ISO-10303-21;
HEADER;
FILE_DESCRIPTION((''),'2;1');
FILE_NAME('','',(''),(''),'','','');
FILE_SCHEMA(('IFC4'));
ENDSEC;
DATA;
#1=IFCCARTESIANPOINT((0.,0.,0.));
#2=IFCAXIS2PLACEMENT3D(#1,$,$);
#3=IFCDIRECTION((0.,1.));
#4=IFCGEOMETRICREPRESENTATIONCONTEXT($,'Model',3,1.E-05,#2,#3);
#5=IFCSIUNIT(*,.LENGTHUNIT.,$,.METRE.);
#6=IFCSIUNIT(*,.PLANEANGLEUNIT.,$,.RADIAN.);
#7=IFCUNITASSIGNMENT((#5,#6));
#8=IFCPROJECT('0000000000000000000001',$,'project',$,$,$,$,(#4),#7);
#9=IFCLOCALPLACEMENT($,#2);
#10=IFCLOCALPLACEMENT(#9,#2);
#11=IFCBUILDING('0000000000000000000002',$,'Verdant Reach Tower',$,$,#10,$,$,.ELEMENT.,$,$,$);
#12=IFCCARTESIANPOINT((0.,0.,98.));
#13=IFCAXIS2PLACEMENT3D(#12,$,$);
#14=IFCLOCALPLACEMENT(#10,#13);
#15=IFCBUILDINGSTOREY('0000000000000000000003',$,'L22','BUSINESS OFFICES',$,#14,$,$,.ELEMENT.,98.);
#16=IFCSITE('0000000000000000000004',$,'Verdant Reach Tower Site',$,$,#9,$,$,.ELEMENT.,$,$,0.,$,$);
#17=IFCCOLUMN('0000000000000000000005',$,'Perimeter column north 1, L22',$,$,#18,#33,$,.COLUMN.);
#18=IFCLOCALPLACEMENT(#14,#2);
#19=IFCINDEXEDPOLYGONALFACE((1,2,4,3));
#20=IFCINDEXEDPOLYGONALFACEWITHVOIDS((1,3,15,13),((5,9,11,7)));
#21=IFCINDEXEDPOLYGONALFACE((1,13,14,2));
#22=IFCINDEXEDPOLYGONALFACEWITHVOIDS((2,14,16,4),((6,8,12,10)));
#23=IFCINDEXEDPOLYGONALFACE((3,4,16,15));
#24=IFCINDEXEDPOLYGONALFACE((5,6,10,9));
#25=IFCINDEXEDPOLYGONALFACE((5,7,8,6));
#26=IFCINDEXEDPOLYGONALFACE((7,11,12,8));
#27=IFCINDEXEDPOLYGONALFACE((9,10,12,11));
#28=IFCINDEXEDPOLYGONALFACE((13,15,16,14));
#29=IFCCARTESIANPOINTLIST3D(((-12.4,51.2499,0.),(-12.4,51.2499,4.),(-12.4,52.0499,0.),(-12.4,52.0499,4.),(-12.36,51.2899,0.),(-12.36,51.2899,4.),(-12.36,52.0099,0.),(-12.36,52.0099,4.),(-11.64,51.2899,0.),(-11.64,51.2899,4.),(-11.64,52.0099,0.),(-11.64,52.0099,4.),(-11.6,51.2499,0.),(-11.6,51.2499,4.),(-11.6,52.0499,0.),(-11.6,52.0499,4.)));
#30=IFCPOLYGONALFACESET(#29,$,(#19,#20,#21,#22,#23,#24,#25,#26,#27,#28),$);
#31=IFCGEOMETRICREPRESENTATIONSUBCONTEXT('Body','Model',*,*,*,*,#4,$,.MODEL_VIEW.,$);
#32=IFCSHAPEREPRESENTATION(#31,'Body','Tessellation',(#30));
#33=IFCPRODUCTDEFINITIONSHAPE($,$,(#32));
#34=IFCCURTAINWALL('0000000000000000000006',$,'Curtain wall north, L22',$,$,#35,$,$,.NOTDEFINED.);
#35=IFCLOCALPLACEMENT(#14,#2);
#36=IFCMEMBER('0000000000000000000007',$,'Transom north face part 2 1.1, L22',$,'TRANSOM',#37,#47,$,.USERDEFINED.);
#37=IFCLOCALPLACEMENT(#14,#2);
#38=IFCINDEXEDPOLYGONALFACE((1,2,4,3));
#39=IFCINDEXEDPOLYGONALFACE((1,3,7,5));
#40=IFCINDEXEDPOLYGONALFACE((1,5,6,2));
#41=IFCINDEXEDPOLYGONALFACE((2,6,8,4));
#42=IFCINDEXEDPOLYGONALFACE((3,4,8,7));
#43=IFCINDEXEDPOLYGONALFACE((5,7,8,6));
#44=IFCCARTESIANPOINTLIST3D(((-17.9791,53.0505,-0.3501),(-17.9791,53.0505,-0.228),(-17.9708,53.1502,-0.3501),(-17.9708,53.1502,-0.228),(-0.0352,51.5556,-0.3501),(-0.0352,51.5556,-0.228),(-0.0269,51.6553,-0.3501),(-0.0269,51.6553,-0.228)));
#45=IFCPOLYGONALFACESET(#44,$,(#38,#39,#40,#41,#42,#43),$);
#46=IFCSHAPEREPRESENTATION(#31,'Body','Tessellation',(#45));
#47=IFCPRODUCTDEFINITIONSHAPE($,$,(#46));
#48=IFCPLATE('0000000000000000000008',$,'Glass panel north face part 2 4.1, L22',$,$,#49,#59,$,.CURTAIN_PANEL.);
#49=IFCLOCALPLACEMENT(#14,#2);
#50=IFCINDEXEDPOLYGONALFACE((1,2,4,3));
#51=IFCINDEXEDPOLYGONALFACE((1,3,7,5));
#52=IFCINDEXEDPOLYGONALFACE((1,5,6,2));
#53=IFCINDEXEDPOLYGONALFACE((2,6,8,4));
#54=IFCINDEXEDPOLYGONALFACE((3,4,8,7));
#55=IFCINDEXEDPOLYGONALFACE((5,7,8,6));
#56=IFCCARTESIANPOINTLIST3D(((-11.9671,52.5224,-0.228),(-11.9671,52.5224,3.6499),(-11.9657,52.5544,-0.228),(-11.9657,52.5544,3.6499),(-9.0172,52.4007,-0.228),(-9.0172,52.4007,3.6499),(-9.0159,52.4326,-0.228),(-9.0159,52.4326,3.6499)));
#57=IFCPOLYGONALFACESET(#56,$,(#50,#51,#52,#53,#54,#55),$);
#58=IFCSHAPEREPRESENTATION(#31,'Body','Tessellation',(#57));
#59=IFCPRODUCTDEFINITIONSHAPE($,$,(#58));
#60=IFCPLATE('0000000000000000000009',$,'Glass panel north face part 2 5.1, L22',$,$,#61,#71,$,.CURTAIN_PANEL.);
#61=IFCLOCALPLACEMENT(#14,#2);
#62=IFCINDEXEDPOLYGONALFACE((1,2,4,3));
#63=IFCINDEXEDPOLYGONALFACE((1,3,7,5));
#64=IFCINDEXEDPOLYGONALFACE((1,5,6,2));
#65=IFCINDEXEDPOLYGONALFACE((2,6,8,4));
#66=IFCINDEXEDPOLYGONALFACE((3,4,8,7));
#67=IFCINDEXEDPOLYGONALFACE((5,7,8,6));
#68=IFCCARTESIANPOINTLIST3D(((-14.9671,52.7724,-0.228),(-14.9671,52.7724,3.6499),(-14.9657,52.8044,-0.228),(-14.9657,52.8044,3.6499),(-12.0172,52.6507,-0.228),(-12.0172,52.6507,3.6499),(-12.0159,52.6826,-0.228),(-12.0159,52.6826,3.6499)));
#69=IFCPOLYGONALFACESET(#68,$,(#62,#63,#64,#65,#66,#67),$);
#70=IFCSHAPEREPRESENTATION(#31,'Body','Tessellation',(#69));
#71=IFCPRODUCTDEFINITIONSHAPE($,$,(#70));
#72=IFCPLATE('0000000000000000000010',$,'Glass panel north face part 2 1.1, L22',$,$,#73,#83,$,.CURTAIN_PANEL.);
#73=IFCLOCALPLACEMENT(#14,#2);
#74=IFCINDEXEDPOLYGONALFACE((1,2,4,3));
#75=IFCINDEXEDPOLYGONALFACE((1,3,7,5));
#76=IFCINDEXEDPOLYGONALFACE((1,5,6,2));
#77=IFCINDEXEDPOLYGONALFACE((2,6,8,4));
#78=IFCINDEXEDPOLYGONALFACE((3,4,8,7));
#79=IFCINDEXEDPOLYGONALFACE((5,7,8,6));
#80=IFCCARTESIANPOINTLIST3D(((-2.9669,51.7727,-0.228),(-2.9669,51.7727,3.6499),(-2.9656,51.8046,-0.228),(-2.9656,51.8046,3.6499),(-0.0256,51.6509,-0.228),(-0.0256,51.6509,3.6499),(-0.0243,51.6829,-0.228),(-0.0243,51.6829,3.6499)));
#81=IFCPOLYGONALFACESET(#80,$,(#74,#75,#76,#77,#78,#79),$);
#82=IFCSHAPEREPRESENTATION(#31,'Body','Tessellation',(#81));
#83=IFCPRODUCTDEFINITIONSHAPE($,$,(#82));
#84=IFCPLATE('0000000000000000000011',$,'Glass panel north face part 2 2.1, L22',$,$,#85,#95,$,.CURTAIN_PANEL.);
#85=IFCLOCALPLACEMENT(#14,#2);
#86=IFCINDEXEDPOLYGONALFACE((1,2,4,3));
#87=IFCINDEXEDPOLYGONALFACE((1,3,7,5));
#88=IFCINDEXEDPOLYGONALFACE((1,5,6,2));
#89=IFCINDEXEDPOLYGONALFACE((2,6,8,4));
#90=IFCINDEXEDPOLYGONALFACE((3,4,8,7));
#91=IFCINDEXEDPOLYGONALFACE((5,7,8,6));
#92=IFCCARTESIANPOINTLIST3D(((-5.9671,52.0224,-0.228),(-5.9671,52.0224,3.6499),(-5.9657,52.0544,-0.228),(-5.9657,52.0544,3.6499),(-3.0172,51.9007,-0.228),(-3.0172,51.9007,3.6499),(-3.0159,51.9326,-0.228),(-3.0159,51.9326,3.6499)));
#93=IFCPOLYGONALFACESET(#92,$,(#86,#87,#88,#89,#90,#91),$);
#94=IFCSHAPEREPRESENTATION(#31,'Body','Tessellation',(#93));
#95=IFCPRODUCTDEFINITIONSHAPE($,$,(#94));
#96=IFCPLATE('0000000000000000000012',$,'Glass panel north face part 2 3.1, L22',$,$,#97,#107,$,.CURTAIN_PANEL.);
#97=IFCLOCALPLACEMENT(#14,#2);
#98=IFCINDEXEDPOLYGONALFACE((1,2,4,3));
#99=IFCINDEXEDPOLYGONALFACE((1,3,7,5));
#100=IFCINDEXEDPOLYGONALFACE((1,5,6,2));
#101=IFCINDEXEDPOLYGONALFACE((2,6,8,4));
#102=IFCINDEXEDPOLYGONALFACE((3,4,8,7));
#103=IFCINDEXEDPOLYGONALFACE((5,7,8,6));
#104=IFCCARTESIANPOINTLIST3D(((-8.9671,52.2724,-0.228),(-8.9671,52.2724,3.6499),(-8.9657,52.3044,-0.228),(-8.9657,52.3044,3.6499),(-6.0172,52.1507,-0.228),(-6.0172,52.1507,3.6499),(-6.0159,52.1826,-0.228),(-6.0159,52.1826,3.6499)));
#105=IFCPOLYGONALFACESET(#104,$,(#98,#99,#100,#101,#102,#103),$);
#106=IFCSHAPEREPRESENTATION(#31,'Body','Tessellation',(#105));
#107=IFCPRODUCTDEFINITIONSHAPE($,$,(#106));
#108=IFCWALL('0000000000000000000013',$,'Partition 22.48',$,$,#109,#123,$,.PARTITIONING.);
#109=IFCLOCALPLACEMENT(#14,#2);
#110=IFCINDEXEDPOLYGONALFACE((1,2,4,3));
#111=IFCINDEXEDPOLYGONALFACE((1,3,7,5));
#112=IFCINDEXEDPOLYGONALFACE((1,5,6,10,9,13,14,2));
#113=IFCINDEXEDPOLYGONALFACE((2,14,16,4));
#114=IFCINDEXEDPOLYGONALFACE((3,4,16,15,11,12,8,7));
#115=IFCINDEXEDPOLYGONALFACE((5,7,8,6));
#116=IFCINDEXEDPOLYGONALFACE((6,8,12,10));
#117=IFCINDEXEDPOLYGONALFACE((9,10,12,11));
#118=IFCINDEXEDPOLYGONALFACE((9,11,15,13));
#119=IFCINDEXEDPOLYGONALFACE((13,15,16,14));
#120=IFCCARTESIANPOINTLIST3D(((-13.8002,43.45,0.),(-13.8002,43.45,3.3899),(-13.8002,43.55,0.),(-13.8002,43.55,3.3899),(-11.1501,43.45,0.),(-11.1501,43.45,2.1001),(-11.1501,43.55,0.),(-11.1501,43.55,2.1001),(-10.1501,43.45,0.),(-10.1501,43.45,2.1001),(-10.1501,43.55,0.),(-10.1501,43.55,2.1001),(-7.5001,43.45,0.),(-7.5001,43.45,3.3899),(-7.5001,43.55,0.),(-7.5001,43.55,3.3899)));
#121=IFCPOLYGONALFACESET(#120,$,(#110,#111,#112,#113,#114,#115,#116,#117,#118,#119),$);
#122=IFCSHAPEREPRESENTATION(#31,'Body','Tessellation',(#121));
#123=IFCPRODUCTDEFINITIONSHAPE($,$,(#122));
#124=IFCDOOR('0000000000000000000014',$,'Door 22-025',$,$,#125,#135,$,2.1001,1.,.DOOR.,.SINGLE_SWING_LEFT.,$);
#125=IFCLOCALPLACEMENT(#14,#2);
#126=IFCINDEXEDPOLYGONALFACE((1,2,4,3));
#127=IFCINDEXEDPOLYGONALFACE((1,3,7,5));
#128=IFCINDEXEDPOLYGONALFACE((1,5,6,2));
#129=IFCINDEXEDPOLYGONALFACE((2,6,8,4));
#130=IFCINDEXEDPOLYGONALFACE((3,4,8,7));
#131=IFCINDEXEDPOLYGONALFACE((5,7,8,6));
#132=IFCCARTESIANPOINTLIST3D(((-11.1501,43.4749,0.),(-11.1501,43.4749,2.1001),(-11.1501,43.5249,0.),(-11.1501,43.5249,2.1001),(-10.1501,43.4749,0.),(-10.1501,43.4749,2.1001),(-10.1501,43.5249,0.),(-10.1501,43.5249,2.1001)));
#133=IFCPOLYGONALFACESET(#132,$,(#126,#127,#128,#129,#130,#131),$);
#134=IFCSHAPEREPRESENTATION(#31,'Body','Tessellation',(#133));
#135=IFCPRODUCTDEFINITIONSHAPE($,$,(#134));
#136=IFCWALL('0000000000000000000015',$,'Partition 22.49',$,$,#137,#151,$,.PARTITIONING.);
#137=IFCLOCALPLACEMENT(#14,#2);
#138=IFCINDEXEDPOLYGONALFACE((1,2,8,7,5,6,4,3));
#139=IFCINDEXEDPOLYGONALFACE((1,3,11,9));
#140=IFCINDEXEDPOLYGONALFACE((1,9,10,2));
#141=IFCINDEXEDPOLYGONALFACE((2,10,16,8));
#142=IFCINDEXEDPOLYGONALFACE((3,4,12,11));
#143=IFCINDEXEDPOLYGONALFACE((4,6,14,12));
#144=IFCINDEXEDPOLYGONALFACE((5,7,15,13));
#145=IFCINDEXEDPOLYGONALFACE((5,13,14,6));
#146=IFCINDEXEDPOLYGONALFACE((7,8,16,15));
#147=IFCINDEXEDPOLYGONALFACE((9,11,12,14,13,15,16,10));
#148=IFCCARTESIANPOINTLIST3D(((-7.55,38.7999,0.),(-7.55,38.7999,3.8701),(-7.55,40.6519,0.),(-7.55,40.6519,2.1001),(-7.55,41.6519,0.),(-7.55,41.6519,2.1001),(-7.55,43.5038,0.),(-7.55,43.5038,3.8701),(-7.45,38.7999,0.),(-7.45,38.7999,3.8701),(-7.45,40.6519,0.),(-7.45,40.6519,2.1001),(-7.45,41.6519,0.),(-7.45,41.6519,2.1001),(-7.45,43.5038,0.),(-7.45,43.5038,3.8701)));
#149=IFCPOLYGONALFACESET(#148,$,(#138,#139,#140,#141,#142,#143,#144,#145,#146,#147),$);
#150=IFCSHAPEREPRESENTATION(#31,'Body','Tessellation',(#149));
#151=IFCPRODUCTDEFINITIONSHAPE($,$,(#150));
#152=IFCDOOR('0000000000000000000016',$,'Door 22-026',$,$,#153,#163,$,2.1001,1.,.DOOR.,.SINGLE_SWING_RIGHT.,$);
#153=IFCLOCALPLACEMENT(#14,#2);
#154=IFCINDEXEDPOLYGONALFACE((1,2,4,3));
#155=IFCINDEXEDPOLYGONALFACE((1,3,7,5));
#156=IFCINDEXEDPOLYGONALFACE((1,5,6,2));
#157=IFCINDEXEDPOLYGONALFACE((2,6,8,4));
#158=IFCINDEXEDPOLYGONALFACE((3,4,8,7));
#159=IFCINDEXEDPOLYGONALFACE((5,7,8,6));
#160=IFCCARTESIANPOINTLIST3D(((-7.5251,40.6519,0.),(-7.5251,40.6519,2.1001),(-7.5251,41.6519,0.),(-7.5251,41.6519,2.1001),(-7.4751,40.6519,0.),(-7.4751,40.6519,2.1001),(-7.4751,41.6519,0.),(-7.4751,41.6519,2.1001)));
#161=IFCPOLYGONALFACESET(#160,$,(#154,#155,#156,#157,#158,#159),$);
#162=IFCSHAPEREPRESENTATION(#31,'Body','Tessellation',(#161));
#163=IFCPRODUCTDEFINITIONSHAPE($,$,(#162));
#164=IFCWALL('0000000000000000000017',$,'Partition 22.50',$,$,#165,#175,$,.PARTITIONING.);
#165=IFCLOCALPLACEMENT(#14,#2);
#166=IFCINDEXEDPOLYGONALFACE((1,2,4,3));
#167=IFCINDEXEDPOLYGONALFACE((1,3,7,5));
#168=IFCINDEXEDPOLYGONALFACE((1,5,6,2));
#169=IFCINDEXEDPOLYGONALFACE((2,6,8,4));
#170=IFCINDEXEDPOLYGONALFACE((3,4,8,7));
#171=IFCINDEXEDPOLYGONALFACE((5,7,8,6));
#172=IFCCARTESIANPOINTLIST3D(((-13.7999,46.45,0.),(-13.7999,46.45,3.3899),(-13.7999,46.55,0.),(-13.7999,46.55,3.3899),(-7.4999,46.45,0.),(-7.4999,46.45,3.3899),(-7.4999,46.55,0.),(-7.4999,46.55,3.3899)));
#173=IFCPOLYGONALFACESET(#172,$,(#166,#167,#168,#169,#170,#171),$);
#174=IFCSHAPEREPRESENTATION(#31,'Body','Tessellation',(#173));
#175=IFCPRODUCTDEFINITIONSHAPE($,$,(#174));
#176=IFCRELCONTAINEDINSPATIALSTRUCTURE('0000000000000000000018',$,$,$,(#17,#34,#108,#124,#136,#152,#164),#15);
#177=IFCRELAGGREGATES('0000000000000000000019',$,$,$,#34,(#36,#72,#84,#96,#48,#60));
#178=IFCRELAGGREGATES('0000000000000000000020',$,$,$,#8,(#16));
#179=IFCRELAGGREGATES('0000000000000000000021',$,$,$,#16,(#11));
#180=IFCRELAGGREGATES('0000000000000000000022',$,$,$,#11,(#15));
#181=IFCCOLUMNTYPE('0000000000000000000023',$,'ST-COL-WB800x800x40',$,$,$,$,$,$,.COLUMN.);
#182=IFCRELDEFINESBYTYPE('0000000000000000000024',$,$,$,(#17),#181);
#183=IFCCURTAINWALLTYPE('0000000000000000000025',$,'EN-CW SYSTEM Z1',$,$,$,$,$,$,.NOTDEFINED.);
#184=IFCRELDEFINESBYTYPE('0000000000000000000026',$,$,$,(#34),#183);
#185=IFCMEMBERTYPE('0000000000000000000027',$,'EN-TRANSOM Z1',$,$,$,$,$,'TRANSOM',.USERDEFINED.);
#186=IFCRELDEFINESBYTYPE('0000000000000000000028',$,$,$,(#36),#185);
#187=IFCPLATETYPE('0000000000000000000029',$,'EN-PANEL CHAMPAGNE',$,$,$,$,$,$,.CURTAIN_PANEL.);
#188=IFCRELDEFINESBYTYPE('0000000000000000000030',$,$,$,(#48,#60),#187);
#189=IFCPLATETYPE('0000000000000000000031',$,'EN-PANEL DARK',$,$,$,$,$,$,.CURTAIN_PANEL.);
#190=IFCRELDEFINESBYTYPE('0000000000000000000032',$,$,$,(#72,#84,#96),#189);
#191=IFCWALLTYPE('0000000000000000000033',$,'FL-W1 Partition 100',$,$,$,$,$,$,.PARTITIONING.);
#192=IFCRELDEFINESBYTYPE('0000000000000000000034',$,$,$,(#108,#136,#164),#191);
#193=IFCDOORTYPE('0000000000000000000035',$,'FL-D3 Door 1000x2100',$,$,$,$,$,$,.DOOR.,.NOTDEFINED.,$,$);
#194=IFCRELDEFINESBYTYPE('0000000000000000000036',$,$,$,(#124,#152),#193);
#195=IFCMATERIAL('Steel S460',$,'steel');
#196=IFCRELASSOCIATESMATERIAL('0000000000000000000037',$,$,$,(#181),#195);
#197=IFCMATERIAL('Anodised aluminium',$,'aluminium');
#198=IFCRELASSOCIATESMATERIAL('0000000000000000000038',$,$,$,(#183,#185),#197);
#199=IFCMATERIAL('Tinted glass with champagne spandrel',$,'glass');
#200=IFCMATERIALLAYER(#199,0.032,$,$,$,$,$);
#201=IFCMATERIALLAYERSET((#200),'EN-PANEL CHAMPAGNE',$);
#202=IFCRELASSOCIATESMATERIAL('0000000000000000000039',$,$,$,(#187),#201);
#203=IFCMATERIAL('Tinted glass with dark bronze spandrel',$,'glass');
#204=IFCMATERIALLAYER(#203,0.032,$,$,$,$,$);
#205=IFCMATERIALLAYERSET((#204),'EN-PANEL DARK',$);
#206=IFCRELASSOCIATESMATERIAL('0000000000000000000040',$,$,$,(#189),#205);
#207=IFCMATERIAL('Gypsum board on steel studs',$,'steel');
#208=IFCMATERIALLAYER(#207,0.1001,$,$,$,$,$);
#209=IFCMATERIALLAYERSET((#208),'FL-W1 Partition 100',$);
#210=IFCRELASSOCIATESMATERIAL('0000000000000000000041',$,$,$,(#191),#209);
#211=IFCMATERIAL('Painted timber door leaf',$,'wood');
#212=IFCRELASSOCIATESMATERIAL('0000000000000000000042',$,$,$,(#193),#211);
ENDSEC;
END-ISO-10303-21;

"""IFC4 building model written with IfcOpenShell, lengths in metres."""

from ifc_helpers import new_model, si_unit, direction, frame, frame_2d, origin, origin_2d, place, context, subcontext, project, spatial, rectangle, hollow_rectangle, extrude, material, layer, layer_set, material_profile, profile_set, type_object, element, fill, aggregate, save


model = new_model("IFC4")

# Units and contexts
model_context = context("Model", 3, precision=1e-05, world=origin(), true_north=direction((0.0, 1.0)))
body_context = subcontext(model_context, "Body", "Model", "MODEL_VIEW")
ifc_project = project(units=[si_unit("LENGTHUNIT", "METRE"), si_unit("PLANEANGLEUNIT", "RADIAN")], contexts=[model_context])

# Site, building, storey
site_placement = place(None, origin())
site = spatial("IfcSite", under=ifc_project, at=site_placement, Name="Verdant Reach Tower Site", CompositionType="ELEMENT", RefElevation=0.0)
building_placement = place(site_placement, origin())
building = spatial("IfcBuilding", under=site, at=building_placement, Name="Verdant Reach Tower", CompositionType="ELEMENT")
storey_placement = place(building_placement, frame((0.0, 0.0, 98.0)))
storey = spatial("IfcBuildingStorey", under=building, at=storey_placement, Name="L22", Description="BUSINESS OFFICES", CompositionType="ELEMENT", Elevation=98.0)

# Column
ifc_material_1 = material(Name="Steel S460", Category="steel")
ifc_material_profile_1 = material_profile(ifc_material_1, hollow_rectangle(XDim=0.8, YDim=0.8, WallThickness=0.04, at=origin_2d()), Name="WB 800x800x40")
ifc_profile_set_1 = profile_set([ifc_material_profile_1], Name="Steel S460")
column_type = type_object("IfcColumnType", Name="ST-COL-WB800x800x40", PredefinedType="COLUMN", material=ifc_profile_set_1)
column_placement = place(storey_placement, frame((-12.0, 51.6499, 0.0), z_axis=(0.0, 0.0, 1.0), x_axis=(1.0, 0.0, 0.0)))
element("IfcColumn", 1, at=column_placement, inside=storey, type_object=column_type, Name="Perimeter column north 1, L22", PredefinedType="COLUMN", context=body_context, shape_type="SweptSolid", body=[
    extrude(hollow_rectangle(XDim=0.8, YDim=0.8, WallThickness=0.04, at=origin_2d()), origin(), (0.0, 0.0, 1.0), 4.0),
])

# Curtain wall, member, plates
ifc_material_2 = material(Name="Anodised aluminium", Category="aluminium")
curtain_wall_type = type_object("IfcCurtainWallType", Name="EN-CW SYSTEM Z1", PredefinedType="NOTDEFINED", material=ifc_material_2)
curtain_wall_placement = place(storey_placement, origin())
curtain_wall = element("IfcCurtainWall", 2, at=curtain_wall_placement, inside=storey, type_object=curtain_wall_type, Name="Curtain wall north, L22", PredefinedType="NOTDEFINED")
ifc_material_profile_2 = material_profile(ifc_material_2, rectangle(XDim=0.1001, YDim=0.1221, at=origin_2d()), Name="Transom 122x100")
ifc_profile_set_2 = profile_set([ifc_material_profile_2], Name="Anodised aluminium")
member_type = type_object("IfcMemberType", Name="EN-TRANSOM Z1", ElementType="TRANSOM", PredefinedType="USERDEFINED", material=ifc_profile_set_2)
member_placement = place(storey_placement, frame((-0.031, 51.6055, -0.2891), z_axis=(-0.996548, 0.083021, 0.0), x_axis=(-0.083021, -0.996548, 0.0)))
member = element("IfcMember", 3, at=member_placement, type_object=member_type, Name="Transom north face part 2 1.1, L22", ObjectType="TRANSOM", PredefinedType="USERDEFINED", context=body_context, shape_type="SweptSolid", body=[
    extrude(rectangle(XDim=0.1001, YDim=0.1221, at=origin_2d()), origin(), (0.0, 0.0, 1.0), 18.0061),
])
ifc_material_3 = material(Name="Tinted glass with champagne spandrel", Category="glass")
ifc_layer_1 = layer(ifc_material_3, 0.032)
ifc_layer_set_1 = layer_set([ifc_layer_1], Name="EN-PANEL CHAMPAGNE")
plate_type_1 = type_object("IfcPlateType", Name="EN-PANEL CHAMPAGNE", PredefinedType="CURTAIN_PANEL", material=ifc_layer_set_1)
plate_1_placement = place(storey_placement, frame((-10.4915, 52.4775, -0.228), z_axis=(0.0, 0.0, 1.0), x_axis=(-0.999149, 0.041242, 0.0)))
plate_1 = element("IfcPlate", 4, at=plate_1_placement, type_object=plate_type_1, Name="Glass panel north face part 2 4.1, L22", PredefinedType="CURTAIN_PANEL", context=body_context, shape_type="SweptSolid", body=[
    extrude(rectangle(XDim=2.9524, YDim=0.032, at=origin_2d()), origin(), (0.0, 0.0, 1.0), 3.8779),
])
plate_2_placement = place(storey_placement, frame((-13.4915, 52.7275, -0.228), z_axis=(0.0, 0.0, 1.0), x_axis=(-0.999149, 0.041242, 0.0)))
plate_2 = element("IfcPlate", 5, at=plate_2_placement, type_object=plate_type_1, Name="Glass panel north face part 2 5.1, L22", PredefinedType="CURTAIN_PANEL", context=body_context, shape_type="SweptSolid", body=[
    extrude(rectangle(XDim=2.9524, YDim=0.032, at=origin_2d()), origin(), (0.0, 0.0, 1.0), 3.8779),
])
ifc_material_4 = material(Name="Tinted glass with dark bronze spandrel", Category="glass")
ifc_layer_2 = layer(ifc_material_4, 0.032)
ifc_layer_set_2 = layer_set([ifc_layer_2], Name="EN-PANEL DARK")
plate_type_2 = type_object("IfcPlateType", Name="EN-PANEL DARK", PredefinedType="CURTAIN_PANEL", material=ifc_layer_set_2)
plate_3_placement = place(storey_placement, frame((-1.4956, 51.7278, -0.228), z_axis=(0.0, 0.0, 1.0), x_axis=(-0.999144, 0.04136, 0.0)))
plate_3 = element("IfcPlate", 6, at=plate_3_placement, type_object=plate_type_2, Name="Glass panel north face part 2 1.1, L22", PredefinedType="CURTAIN_PANEL", context=body_context, shape_type="SweptSolid", body=[
    extrude(rectangle(XDim=2.9438, YDim=0.032, at=origin_2d()), origin(), (0.0, 0.0, 1.0), 3.8779),
])
plate_4_placement = place(storey_placement, frame((-4.4915, 51.9775, -0.228), z_axis=(0.0, 0.0, 1.0), x_axis=(-0.999149, 0.041242, 0.0)))
plate_4 = element("IfcPlate", 7, at=plate_4_placement, type_object=plate_type_2, Name="Glass panel north face part 2 2.1, L22", PredefinedType="CURTAIN_PANEL", context=body_context, shape_type="SweptSolid", body=[
    extrude(rectangle(XDim=2.9524, YDim=0.032, at=origin_2d()), origin(), (0.0, 0.0, 1.0), 3.8779),
])
plate_5_placement = place(storey_placement, frame((-7.4915, 52.2275, -0.228), z_axis=(0.0, 0.0, 1.0), x_axis=(-0.999149, 0.041242, 0.0)))
plate_5 = element("IfcPlate", 8, at=plate_5_placement, type_object=plate_type_2, Name="Glass panel north face part 2 3.1, L22", PredefinedType="CURTAIN_PANEL", context=body_context, shape_type="SweptSolid", body=[
    extrude(rectangle(XDim=2.9524, YDim=0.032, at=origin_2d()), origin(), (0.0, 0.0, 1.0), 3.8779),
])
aggregate(curtain_wall, [member, plate_3, plate_4, plate_5, plate_1, plate_2])

# Walls, openings, doors
ifc_material_5 = material(Name="Gypsum board on steel studs", Category="steel")
ifc_layer_3 = layer(ifc_material_5, 0.1001)
ifc_layer_set_3 = layer_set([ifc_layer_3], Name="FL-W1 Partition 100")
wall_type_1 = type_object("IfcWallType", Name="FL-W1 Partition 100", PredefinedType="PARTITIONING", material=ifc_layer_set_3)
wall_1_placement = place(storey_placement, frame((-13.8, 43.5, 0.0), z_axis=(0.0, 0.0, 1.0), x_axis=(1.0, 0.0, 0.0)))
wall_1 = element("IfcWall", 9, at=wall_1_placement, inside=storey, type_object=wall_type_1, Name="Partition 22.48", PredefinedType="PARTITIONING", context=body_context, shape_type="SweptSolid", body=[
    extrude(rectangle(XDim=6.3, YDim=0.1001, at=frame_2d((3.1499, 0.0))), origin(), (0.0, 0.0, 1.0), 3.3899),
])
opening_1_placement = place(wall_1_placement, frame((2.6499, 0.0, 0.0)))
opening_1 = element("IfcOpeningElement", 10, at=opening_1_placement, cuts=wall_1, PredefinedType="OPENING", context=body_context, shape_type="SweptSolid", body=[
    extrude(rectangle(XDim=1.0, YDim=2.1001, at=frame_2d((0.5, 1.05))), frame((0.0, 0.0601, 0.0), z_axis=(0.0, -1.0, 0.0), x_axis=(1.0, 0.0, 0.0)), (0.0, 0.0, 1.0), 0.1201),
])
ifc_material_6 = material(Name="Painted timber door leaf", Category="wood")
door_type_1 = type_object("IfcDoorType", Name="FL-D3 Door 1000x2100", OperationType="NOTDEFINED", PredefinedType="DOOR", material=ifc_material_6)
door_1_placement = place(opening_1_placement, origin())
door_1 = element("IfcDoor", 11, at=door_1_placement, inside=storey, type_object=door_type_1, Name="Door 22-025", OperationType="SINGLE_SWING_LEFT", OverallHeight=2.1001, OverallWidth=1.0, PredefinedType="DOOR", context=body_context, shape_type="SweptSolid", body=[
    extrude(rectangle(XDim=1.0, YDim=2.1001, at=frame_2d((0.5, 1.05))), frame((0.0, 0.0249, 0.0), z_axis=(0.0, -1.0, 0.0), x_axis=(1.0, 0.0, 0.0)), (0.0, 0.0, 1.0), 0.05),
])
fill(opening_1, door_1)
wall_2_placement = place(storey_placement, frame((-7.5, 43.5039, 0.0), z_axis=(0.0, 0.0, 1.0), x_axis=(0.0, -1.0, 0.0)))
wall_2 = element("IfcWall", 12, at=wall_2_placement, inside=storey, type_object=wall_type_1, Name="Partition 22.49", PredefinedType="PARTITIONING", context=body_context, shape_type="SweptSolid", body=[
    extrude(rectangle(XDim=4.7039, YDim=0.1001, at=frame_2d((2.3521, 0.0))), origin(), (0.0, 0.0, 1.0), 3.8701),
])
opening_2_placement = place(wall_2_placement, frame((1.8521, 0.0, 0.0)))
opening_2 = element("IfcOpeningElement", 13, at=opening_2_placement, cuts=wall_2, PredefinedType="OPENING", context=body_context, shape_type="SweptSolid", body=[
    extrude(rectangle(XDim=1.0, YDim=2.1001, at=frame_2d((0.5, 1.05))), frame((0.0, 0.0601, 0.0), z_axis=(0.0, -1.0, 0.0), x_axis=(1.0, 0.0, 0.0)), (0.0, 0.0, 1.0), 0.1201),
])
door_2_placement = place(opening_2_placement, origin())
door_2 = element("IfcDoor", 14, at=door_2_placement, inside=storey, type_object=door_type_1, Name="Door 22-026", OperationType="SINGLE_SWING_RIGHT", OverallHeight=2.1001, OverallWidth=1.0, PredefinedType="DOOR", context=body_context, shape_type="SweptSolid", body=[
    extrude(rectangle(XDim=1.0, YDim=2.1001, at=frame_2d((0.5, 1.05))), frame((0.0, 0.0249, 0.0), z_axis=(0.0, -1.0, 0.0), x_axis=(1.0, 0.0, 0.0)), (0.0, 0.0, 1.0), 0.05),
])
fill(opening_2, door_2)

# Wall
wall_3_placement = place(storey_placement, frame((-7.5, 46.5, 0.0), z_axis=(0.0, 0.0, 1.0), x_axis=(-1.0, 0.0, 0.0)))
element("IfcWall", 15, at=wall_3_placement, inside=storey, type_object=wall_type_1, Name="Partition 22.50", PredefinedType="PARTITIONING", context=body_context, shape_type="SweptSolid", body=[
    extrude(rectangle(XDim=6.3, YDim=0.1001, at=frame_2d((3.1499, 0.0))), origin(), (0.0, 0.0, 1.0), 3.3899),
])

save(model, "model.ifc")
